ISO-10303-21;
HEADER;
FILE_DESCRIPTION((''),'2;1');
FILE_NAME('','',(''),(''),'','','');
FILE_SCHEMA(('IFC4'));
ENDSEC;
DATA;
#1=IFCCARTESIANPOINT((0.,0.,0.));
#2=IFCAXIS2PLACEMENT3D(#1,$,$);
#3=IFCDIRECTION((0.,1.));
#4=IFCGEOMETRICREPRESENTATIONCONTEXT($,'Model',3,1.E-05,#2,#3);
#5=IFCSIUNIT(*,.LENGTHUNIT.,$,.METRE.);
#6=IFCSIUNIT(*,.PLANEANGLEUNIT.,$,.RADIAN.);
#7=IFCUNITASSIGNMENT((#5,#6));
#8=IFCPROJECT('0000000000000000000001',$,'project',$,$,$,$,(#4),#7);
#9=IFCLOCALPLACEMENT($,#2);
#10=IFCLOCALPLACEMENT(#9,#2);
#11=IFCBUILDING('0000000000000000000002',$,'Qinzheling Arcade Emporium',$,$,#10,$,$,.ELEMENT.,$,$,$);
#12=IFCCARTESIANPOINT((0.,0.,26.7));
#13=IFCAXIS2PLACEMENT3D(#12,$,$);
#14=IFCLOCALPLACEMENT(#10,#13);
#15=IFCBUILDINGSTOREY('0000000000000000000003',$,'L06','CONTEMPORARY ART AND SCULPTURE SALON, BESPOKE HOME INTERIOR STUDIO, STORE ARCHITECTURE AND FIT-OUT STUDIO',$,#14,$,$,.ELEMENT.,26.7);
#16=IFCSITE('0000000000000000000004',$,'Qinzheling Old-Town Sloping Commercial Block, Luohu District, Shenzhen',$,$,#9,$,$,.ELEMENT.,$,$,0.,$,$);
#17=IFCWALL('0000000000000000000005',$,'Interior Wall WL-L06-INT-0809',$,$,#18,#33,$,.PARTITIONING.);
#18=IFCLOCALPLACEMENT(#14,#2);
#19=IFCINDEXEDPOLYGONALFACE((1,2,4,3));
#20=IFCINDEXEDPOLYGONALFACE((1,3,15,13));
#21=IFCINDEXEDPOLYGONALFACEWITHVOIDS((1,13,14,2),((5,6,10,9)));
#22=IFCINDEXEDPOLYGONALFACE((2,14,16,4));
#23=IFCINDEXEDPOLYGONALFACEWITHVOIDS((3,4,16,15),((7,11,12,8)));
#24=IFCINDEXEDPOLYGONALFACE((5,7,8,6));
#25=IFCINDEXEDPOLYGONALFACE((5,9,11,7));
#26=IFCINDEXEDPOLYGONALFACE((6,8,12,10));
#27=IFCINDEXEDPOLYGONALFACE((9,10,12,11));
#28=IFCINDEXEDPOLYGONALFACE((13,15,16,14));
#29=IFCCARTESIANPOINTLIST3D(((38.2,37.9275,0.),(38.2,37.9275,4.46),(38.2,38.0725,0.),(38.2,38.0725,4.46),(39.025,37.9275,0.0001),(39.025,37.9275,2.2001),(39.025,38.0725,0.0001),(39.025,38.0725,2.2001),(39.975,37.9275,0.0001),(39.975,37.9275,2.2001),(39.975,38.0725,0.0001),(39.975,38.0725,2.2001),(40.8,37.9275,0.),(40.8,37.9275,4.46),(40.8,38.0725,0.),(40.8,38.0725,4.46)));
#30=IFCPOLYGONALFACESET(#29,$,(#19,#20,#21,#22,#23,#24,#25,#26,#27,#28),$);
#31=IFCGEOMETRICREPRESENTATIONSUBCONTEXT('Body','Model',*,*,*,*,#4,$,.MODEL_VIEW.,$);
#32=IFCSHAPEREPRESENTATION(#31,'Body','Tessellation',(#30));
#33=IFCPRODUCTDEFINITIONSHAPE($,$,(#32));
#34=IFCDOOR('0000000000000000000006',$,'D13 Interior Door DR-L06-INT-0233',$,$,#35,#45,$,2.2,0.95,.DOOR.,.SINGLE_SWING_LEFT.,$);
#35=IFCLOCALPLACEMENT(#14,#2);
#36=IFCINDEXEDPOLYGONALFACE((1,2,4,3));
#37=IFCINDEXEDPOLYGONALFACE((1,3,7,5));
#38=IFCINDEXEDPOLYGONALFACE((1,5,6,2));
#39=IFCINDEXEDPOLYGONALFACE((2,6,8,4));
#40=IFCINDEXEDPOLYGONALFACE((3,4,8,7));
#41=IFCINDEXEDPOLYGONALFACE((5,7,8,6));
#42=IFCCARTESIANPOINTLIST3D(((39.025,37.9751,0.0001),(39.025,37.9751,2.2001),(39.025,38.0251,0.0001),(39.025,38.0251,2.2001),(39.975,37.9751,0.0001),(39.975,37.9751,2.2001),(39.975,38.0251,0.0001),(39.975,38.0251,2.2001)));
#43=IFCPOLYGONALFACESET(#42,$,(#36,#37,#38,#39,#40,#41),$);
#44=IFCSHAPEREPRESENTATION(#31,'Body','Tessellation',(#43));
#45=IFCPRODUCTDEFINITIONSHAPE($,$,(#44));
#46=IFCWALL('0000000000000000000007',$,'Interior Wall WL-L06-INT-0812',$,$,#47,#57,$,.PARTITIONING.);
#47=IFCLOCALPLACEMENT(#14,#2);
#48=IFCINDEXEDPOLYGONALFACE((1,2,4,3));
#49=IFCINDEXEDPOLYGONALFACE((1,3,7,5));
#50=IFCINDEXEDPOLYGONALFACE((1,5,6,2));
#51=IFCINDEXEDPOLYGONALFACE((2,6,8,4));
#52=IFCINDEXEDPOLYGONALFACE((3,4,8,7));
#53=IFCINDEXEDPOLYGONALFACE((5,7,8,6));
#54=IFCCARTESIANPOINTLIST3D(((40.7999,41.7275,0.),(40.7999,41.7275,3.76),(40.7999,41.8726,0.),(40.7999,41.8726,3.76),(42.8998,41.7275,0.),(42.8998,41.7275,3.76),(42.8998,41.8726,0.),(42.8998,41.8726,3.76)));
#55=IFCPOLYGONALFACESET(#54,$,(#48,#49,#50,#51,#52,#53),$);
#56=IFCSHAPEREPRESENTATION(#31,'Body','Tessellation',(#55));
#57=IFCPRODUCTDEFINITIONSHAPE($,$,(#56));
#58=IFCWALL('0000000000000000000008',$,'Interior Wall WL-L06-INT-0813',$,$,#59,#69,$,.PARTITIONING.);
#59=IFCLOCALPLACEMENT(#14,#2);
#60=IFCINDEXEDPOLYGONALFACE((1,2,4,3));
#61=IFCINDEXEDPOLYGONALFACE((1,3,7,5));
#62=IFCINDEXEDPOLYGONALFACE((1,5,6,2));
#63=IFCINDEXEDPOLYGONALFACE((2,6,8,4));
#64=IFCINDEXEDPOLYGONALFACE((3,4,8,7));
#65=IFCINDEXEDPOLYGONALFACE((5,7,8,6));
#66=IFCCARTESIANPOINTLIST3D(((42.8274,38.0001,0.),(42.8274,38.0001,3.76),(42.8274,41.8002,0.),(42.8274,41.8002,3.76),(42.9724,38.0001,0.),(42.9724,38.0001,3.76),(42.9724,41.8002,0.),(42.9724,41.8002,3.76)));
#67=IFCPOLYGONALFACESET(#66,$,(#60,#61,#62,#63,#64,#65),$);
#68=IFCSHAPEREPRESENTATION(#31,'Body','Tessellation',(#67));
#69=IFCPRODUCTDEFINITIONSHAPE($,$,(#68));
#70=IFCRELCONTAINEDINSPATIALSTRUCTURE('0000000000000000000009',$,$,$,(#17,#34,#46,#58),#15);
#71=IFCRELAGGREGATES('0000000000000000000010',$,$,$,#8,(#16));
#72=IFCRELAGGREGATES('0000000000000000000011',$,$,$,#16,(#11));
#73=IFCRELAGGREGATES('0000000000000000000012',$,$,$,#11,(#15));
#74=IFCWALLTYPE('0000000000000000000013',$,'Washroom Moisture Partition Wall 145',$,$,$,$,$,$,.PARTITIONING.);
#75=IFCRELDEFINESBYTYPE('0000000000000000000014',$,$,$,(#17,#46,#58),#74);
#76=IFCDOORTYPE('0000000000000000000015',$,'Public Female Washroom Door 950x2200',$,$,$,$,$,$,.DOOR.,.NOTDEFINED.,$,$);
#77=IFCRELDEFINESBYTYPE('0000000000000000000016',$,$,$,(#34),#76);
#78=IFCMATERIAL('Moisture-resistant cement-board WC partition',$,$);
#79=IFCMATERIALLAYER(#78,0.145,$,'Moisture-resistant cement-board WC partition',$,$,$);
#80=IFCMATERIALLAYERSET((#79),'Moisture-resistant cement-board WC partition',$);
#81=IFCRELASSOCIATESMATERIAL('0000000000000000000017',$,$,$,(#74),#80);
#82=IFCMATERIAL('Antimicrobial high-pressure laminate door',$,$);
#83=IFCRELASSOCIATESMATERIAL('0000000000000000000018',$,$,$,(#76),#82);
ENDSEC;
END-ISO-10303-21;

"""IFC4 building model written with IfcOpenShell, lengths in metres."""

from ifc_helpers import new_model, si_unit, direction, frame, frame_2d, origin, place, context, subcontext, project, spatial, rectangle, extrude, material, layer, layer_set, type_object, element, fill, save


model = new_model("IFC4")

# Units and contexts
model_context = context("Model", 3, precision=1e-05, world=origin(), true_north=direction((0.0, 1.0)))
body_context = subcontext(model_context, "Body", "Model", "MODEL_VIEW")
ifc_project = project(units=[si_unit("LENGTHUNIT", "METRE"), si_unit("PLANEANGLEUNIT", "RADIAN")], contexts=[model_context])

# Site, building, storey
site_placement = place(None, origin())
site = spatial("IfcSite", under=ifc_project, at=site_placement, Name="Qinzheling Old-Town Sloping Commercial Block, Luohu District, Shenzhen", CompositionType="ELEMENT", RefElevation=0.0)
building_placement = place(site_placement, origin())
building = spatial("IfcBuilding", under=site, at=building_placement, Name="Qinzheling Arcade Emporium", CompositionType="ELEMENT")
storey_placement = place(building_placement, frame((0.0, 0.0, 26.7)))
storey = spatial("IfcBuildingStorey", under=building, at=storey_placement, Name="L06", Description="CONTEMPORARY ART AND SCULPTURE SALON, BESPOKE HOME INTERIOR STUDIO, STORE ARCHITECTURE AND FIT-OUT STUDIO", CompositionType="ELEMENT", Elevation=26.7)

# Wall, opening, door
ifc_material_1 = material(Name="Moisture-resistant cement-board WC partition")
ifc_layer_1 = layer(ifc_material_1, 0.145, Name="Moisture-resistant cement-board WC partition")
ifc_layer_set_1 = layer_set([ifc_layer_1], Name="Moisture-resistant cement-board WC partition")
wall_type_1 = type_object("IfcWallType", Name="Washroom Moisture Partition Wall 145", PredefinedType="PARTITIONING", material=ifc_layer_set_1)
wall_1_placement = place(storey_placement, frame((40.8, 38.0, 0.0), z_axis=(0.0, 0.0, 1.0), x_axis=(-1.0, 0.0, 0.0)))
wall_1 = element("IfcWall", 1, at=wall_1_placement, inside=storey, type_object=wall_type_1, Name="Interior Wall WL-L06-INT-0809", PredefinedType="PARTITIONING", context=body_context, shape_type="SweptSolid", body=[
    extrude(rectangle(XDim=2.6001, YDim=0.145, at=frame_2d((1.3, 0.0))), origin(), (0.0, 0.0, 1.0), 4.46),
])
opening_1_placement = place(wall_1_placement, frame((0.825, 0.0, 0.0)))
opening_1 = element("IfcOpeningElement", 2, at=opening_1_placement, cuts=wall_1, PredefinedType="OPENING", context=body_context, shape_type="SweptSolid", body=[
    extrude(rectangle(XDim=0.95, YDim=2.2, at=frame_2d((0.4751, 1.1001))), frame((0.0, 0.0825, 0.0), z_axis=(0.0, -1.0, 0.0), x_axis=(1.0, 0.0, 0.0)), (0.0, 0.0, 1.0), 0.165),
])
ifc_material_2 = material(Name="Antimicrobial high-pressure laminate door")
door_type_1 = type_object("IfcDoorType", Name="Public Female Washroom Door 950x2200", OperationType="NOTDEFINED", PredefinedType="DOOR", material=ifc_material_2)
door_1_placement = place(opening_1_placement, origin())
door_1 = element("IfcDoor", 3, at=door_1_placement, inside=storey, type_object=door_type_1, Name="D13 Interior Door DR-L06-INT-0233", OperationType="SINGLE_SWING_LEFT", OverallHeight=2.2, OverallWidth=0.95, PredefinedType="DOOR", context=body_context, shape_type="SweptSolid", body=[
    extrude(rectangle(XDim=0.95, YDim=2.2, at=frame_2d((0.4751, 1.1001))), frame((0.0, 0.0249, 0.0), z_axis=(0.0, -1.0, 0.0), x_axis=(1.0, 0.0, 0.0)), (0.0, 0.0, 1.0), 0.05),
])
fill(opening_1, door_1)

# Walls
wall_2_placement = place(storey_placement, frame((40.8, 41.8, 0.0), z_axis=(0.0, 0.0, 1.0), x_axis=(1.0, 0.0, 0.0)))
element("IfcWall", 4, at=wall_2_placement, inside=storey, type_object=wall_type_1, Name="Interior Wall WL-L06-INT-0812", PredefinedType="PARTITIONING", context=body_context, shape_type="SweptSolid", body=[
    extrude(rectangle(XDim=2.0999, YDim=0.145, at=frame_2d((1.0498, 0.0))), origin(), (0.0, 0.0, 1.0), 3.76),
])
wall_3_placement = place(storey_placement, frame((42.8999, 41.8, 0.0), z_axis=(0.0, 0.0, 1.0), x_axis=(0.0, -1.0, 0.0)))
element("IfcWall", 5, at=wall_3_placement, inside=storey, type_object=wall_type_1, Name="Interior Wall WL-L06-INT-0813", PredefinedType="PARTITIONING", context=body_context, shape_type="SweptSolid", body=[
    extrude(rectangle(XDim=3.8, YDim=0.145, at=frame_2d((1.8999, 0.0))), origin(), (0.0, 0.0, 1.0), 3.76),
])

save(model, "model.ifc")
